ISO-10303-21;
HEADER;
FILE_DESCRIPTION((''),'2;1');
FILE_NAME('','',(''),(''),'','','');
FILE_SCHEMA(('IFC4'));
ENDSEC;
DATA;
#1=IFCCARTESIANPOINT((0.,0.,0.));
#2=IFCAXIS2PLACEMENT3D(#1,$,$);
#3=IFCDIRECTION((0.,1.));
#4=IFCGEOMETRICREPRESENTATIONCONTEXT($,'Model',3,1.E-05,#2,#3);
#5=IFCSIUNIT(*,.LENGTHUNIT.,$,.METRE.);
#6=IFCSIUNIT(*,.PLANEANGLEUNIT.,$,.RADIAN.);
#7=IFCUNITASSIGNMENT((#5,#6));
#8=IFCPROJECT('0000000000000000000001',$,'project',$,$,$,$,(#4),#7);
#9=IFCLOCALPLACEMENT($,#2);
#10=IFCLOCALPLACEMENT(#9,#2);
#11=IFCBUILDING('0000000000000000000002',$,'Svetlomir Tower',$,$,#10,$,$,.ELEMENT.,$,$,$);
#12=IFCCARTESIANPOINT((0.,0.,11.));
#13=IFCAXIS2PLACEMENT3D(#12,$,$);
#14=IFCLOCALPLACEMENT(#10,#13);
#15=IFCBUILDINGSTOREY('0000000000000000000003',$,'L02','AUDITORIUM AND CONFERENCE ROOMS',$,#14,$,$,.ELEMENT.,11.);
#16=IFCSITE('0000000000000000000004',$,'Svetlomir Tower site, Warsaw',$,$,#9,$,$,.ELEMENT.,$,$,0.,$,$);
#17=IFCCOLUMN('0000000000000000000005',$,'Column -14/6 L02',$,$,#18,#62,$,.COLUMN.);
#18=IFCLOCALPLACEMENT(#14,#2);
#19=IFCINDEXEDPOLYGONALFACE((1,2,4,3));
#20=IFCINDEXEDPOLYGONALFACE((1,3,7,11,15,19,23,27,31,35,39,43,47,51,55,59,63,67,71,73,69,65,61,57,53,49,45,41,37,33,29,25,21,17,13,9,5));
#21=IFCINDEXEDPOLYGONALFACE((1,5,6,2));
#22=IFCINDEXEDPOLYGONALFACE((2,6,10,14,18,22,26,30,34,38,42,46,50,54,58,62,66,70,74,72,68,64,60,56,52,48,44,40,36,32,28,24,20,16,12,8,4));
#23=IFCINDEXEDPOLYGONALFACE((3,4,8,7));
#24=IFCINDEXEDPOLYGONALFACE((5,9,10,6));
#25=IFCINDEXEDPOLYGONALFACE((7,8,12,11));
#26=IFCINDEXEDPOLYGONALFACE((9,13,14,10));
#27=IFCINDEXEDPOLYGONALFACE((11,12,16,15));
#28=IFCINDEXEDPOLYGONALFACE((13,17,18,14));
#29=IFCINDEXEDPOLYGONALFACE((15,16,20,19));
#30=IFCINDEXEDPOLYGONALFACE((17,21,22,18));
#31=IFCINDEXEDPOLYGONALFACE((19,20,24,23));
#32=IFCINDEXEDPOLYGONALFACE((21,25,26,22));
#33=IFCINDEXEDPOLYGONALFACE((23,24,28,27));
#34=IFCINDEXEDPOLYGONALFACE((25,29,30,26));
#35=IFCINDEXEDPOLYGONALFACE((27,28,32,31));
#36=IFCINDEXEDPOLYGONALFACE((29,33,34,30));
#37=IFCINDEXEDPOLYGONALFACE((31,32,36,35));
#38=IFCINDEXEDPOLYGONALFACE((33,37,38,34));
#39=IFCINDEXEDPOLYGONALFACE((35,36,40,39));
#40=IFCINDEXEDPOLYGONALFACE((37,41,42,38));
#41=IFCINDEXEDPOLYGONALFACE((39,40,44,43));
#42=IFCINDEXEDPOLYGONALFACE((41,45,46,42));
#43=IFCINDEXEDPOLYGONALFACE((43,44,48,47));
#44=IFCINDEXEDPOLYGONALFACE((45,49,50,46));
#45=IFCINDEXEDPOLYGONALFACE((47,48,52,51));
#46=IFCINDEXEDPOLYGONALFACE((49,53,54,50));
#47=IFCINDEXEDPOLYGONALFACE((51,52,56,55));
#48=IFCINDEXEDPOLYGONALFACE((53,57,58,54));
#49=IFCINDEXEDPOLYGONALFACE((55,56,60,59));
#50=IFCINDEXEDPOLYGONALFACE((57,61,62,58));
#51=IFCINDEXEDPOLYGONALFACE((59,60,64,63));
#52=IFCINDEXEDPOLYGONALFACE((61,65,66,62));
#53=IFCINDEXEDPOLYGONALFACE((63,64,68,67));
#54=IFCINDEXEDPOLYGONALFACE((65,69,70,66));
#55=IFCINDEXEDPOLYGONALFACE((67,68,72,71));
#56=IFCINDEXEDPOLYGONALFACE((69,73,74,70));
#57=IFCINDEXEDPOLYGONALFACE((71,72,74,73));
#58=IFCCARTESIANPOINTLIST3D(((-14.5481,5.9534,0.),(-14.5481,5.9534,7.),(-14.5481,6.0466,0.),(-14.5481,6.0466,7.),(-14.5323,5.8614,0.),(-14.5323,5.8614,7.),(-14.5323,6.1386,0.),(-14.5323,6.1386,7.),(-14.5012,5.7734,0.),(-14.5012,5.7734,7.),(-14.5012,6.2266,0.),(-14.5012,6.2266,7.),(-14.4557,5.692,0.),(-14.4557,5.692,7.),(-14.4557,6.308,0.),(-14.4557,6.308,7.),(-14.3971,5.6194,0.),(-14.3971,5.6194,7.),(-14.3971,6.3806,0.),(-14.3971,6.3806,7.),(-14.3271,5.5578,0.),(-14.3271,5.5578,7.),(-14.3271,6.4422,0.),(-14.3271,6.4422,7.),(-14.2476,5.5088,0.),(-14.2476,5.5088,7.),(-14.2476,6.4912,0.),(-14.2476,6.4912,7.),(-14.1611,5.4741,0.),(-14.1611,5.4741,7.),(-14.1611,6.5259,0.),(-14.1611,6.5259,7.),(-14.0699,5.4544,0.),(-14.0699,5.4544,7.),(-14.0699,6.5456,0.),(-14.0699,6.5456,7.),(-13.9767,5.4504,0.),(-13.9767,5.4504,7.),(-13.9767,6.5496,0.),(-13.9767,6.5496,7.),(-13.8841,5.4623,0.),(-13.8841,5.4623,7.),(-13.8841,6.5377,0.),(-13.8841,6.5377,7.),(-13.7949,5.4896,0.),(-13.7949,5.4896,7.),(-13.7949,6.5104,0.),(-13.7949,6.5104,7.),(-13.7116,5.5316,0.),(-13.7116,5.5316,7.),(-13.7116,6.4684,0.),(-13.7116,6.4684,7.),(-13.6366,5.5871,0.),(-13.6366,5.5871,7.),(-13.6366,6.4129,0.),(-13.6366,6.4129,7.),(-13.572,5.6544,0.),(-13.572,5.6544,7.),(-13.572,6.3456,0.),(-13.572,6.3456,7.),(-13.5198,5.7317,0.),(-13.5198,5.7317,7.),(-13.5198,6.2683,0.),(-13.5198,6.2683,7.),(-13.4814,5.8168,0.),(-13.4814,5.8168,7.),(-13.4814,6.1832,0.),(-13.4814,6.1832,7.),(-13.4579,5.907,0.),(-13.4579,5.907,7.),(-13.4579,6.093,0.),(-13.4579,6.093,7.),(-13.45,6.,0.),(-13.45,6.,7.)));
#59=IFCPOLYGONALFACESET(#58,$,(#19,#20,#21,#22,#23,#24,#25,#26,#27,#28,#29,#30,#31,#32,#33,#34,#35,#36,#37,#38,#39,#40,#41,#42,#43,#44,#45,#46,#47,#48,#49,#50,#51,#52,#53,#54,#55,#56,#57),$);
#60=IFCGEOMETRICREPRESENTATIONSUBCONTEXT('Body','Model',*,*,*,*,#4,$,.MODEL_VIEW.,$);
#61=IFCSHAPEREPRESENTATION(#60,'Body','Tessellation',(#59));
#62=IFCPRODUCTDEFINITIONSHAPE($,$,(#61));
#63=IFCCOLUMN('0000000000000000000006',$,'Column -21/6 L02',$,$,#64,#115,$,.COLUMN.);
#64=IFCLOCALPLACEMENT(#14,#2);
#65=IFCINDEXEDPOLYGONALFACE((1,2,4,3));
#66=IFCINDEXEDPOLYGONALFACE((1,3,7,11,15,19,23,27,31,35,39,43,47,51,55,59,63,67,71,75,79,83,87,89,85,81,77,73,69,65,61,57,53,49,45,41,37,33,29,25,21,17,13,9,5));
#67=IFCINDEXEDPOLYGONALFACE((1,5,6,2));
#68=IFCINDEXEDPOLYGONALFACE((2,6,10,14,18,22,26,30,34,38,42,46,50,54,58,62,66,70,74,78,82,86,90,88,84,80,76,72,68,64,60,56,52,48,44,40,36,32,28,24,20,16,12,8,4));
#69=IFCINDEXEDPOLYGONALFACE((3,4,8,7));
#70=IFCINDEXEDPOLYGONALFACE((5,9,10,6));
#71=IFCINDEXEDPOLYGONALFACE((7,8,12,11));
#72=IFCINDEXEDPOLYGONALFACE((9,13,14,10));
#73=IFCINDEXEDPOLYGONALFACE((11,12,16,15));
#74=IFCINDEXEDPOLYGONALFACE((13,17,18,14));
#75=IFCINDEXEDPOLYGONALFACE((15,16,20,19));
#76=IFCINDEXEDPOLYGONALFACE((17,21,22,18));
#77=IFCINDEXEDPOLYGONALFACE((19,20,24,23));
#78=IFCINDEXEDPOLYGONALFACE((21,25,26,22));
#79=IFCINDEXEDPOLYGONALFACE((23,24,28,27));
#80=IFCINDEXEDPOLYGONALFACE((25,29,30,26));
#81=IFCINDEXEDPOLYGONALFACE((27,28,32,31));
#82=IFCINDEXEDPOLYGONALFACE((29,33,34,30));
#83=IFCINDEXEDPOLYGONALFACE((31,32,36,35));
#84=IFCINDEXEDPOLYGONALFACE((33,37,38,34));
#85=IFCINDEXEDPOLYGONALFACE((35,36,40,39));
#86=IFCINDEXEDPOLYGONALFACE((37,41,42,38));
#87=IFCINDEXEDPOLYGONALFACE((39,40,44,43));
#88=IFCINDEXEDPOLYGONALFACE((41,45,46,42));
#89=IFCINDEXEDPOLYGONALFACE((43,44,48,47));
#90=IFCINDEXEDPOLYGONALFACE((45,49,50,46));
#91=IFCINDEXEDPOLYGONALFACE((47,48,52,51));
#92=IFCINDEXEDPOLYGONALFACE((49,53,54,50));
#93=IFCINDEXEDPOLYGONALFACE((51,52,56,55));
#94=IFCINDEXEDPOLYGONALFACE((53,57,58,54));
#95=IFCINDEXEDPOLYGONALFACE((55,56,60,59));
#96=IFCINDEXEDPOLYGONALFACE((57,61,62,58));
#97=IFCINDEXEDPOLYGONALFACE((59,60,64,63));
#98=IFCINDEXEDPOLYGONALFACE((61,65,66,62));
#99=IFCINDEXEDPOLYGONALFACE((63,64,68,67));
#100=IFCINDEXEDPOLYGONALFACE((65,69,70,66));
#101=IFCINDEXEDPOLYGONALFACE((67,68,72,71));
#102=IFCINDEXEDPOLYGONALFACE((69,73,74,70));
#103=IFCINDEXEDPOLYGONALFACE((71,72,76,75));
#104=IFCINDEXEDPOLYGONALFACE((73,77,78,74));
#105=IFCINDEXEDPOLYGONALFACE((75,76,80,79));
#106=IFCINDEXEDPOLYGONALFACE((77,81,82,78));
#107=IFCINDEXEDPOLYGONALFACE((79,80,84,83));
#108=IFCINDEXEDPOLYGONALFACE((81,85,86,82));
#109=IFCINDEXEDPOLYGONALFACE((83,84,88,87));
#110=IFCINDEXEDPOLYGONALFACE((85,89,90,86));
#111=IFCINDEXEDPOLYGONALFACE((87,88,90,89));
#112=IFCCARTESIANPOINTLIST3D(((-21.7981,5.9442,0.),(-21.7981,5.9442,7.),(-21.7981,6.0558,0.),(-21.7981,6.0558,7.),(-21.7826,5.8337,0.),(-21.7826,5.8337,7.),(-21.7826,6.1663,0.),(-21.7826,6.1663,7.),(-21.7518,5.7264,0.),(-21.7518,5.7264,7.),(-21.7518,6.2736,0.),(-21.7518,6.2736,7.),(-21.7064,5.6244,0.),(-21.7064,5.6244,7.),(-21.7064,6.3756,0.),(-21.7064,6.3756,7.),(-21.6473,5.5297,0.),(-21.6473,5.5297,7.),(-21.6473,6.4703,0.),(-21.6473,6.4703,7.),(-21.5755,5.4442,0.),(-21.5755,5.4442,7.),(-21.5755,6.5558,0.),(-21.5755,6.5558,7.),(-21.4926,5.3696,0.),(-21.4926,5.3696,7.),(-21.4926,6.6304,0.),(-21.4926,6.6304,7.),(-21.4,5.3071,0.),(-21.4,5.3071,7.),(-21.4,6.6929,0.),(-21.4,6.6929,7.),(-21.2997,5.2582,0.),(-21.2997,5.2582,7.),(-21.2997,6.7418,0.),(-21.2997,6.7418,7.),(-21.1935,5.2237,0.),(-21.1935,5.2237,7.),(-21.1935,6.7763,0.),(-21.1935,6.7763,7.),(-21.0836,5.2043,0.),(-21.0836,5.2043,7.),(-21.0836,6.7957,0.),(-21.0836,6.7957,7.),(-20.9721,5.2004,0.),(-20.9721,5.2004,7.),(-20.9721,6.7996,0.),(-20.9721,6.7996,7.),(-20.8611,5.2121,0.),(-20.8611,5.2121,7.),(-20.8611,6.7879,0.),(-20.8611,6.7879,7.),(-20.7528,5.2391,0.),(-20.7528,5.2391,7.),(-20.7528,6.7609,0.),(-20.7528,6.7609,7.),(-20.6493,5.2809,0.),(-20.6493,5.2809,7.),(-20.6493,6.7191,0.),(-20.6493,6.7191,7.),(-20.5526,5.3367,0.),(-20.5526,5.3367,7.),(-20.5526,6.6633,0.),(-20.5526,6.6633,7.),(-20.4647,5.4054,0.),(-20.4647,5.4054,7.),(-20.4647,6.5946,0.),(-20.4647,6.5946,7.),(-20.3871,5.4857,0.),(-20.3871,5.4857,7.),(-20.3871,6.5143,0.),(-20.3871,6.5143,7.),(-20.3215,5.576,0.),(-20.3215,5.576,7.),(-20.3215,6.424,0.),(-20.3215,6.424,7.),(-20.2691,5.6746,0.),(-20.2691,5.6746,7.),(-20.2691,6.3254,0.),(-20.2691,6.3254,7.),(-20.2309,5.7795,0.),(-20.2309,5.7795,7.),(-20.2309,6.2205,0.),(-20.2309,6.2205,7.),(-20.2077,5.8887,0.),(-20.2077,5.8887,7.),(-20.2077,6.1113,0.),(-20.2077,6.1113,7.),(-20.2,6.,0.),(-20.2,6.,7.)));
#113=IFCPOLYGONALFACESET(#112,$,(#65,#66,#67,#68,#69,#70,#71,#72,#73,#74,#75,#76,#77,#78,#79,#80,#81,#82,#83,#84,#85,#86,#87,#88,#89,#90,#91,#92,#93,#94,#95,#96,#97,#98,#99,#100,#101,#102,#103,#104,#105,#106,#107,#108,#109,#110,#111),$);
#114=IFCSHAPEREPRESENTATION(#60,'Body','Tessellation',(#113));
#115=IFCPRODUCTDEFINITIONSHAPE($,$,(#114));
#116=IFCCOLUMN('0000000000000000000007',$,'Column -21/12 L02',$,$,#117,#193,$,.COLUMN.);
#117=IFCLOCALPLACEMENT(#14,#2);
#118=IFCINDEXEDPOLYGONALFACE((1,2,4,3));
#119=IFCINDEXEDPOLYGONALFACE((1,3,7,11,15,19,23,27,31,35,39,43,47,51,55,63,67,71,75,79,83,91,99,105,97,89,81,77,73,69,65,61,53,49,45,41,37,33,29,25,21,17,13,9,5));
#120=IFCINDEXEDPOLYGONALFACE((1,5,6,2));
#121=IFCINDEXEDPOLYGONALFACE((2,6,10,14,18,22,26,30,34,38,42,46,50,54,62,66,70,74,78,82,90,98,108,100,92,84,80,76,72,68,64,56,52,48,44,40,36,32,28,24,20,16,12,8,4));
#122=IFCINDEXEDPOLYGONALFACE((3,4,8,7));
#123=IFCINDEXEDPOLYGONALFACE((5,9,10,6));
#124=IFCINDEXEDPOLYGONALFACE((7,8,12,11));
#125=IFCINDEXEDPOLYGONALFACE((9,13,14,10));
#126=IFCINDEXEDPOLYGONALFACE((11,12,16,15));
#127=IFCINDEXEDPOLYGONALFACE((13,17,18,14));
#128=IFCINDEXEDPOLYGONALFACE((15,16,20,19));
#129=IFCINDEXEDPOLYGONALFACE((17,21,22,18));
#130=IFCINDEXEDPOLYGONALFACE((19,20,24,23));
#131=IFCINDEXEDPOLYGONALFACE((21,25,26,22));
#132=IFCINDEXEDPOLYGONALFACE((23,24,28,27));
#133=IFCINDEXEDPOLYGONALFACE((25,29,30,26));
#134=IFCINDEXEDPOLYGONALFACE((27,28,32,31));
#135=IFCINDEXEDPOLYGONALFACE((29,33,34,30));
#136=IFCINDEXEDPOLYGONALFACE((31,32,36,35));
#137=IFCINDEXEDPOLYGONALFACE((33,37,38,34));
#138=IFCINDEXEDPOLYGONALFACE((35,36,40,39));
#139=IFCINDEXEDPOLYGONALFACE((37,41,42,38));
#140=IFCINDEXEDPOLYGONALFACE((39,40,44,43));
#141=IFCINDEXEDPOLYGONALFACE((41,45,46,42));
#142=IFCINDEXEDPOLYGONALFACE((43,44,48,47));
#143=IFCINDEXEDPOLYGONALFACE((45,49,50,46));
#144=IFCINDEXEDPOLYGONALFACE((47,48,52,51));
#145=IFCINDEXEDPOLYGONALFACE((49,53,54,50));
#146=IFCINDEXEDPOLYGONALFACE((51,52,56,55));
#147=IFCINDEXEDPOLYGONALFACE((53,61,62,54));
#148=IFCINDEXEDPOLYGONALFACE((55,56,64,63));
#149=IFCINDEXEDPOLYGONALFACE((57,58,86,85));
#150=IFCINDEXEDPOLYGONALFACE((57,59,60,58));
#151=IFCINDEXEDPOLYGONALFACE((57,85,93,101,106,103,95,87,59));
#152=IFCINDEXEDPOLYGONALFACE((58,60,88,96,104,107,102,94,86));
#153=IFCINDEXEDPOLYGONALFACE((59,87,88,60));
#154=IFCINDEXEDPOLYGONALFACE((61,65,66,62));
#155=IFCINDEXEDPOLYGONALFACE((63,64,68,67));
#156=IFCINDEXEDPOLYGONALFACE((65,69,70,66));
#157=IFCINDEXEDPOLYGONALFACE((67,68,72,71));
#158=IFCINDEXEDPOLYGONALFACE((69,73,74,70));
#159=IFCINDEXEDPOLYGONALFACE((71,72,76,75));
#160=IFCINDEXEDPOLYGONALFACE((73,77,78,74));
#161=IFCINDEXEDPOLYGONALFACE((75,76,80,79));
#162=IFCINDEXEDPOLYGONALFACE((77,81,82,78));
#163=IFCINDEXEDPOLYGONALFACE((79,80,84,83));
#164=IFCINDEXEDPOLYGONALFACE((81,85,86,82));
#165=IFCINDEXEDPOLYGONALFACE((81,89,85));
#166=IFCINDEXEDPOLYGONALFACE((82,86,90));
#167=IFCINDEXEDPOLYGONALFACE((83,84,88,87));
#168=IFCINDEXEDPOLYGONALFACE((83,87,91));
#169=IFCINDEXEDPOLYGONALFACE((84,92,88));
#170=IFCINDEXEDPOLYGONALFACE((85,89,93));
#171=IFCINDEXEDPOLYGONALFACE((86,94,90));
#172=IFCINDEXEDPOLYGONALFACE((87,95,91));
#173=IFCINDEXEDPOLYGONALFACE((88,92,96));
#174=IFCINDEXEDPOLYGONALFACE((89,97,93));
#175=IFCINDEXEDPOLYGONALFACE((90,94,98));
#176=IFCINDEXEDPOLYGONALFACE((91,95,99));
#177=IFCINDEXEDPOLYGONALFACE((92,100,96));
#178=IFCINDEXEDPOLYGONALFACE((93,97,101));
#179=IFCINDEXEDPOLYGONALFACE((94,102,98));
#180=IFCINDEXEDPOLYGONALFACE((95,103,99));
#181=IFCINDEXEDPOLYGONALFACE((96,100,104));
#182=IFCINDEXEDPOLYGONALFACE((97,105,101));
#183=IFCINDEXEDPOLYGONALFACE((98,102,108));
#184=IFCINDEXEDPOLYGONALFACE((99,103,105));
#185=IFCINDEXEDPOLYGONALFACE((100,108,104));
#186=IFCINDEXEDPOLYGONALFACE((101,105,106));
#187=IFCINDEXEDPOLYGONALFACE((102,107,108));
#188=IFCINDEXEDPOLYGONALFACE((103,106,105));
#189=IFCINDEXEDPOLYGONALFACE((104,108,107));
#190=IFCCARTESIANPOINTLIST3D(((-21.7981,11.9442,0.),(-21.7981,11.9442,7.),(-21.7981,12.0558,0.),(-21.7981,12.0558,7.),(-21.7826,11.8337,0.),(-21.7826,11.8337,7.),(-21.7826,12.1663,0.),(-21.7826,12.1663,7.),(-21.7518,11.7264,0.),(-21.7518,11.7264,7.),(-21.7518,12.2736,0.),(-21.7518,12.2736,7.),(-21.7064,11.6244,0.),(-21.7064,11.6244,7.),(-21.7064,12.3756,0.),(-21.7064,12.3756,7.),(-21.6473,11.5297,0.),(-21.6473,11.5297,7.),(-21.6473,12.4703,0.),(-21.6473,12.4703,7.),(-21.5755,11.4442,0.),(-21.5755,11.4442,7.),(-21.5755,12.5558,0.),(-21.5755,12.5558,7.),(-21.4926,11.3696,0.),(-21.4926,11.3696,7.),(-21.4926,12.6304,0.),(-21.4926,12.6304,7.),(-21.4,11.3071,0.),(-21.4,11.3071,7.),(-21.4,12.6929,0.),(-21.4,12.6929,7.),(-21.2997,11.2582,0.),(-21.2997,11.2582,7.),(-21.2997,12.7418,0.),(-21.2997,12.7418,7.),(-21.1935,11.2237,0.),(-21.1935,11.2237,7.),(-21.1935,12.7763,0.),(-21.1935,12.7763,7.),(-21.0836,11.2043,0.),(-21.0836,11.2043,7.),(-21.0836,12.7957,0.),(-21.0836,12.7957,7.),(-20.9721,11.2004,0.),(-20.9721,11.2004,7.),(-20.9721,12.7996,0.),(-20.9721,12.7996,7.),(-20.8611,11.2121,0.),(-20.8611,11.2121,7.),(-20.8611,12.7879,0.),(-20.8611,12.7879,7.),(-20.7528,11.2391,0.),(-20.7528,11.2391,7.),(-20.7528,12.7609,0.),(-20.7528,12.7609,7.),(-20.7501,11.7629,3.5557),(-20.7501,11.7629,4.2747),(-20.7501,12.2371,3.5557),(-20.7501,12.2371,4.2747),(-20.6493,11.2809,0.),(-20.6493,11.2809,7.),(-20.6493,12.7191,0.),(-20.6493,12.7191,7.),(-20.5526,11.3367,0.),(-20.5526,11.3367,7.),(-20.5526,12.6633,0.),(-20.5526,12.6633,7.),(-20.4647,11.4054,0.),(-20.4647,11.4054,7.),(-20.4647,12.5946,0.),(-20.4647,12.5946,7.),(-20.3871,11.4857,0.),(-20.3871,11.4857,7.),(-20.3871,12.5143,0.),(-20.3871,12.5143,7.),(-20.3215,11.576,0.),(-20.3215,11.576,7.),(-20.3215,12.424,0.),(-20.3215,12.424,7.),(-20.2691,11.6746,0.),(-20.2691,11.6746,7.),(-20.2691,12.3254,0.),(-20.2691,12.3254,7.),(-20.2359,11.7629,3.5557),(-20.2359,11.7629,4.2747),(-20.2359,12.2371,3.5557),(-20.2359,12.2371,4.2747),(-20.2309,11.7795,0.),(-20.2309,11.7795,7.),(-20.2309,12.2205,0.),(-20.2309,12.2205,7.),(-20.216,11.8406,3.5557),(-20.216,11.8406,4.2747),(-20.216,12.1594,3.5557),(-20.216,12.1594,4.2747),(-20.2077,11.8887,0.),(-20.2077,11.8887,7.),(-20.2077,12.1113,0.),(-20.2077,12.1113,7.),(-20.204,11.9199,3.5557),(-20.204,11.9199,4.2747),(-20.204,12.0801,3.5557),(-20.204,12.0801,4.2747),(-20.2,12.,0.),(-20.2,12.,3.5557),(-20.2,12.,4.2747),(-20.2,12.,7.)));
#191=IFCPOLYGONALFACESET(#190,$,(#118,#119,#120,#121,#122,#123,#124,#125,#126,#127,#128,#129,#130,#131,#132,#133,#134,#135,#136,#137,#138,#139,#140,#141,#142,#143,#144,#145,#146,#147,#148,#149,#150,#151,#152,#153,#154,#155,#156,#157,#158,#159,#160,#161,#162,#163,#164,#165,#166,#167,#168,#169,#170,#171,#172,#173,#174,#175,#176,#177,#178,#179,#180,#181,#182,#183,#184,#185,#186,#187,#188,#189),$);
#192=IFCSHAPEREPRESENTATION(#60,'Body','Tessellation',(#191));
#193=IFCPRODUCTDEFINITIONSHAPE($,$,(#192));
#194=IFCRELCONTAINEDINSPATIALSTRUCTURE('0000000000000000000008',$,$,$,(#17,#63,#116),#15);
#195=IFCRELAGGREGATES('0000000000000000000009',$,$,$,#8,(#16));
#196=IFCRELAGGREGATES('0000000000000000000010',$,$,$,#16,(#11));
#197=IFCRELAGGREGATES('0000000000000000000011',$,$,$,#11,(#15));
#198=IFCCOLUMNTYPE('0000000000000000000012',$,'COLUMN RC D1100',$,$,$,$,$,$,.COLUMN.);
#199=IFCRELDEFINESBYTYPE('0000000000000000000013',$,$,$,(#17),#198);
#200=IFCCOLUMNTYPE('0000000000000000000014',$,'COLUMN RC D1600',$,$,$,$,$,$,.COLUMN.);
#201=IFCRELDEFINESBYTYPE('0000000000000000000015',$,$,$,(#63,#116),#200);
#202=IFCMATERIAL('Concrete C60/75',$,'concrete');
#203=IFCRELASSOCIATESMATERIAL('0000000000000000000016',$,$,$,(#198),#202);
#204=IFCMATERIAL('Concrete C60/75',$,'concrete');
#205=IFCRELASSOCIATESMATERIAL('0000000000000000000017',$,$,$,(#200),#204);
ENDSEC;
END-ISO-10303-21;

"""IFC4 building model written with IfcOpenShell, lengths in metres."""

from ifc_helpers import new_model, si_unit, direction, frame, origin, origin_2d, place, context, subcontext, project, spatial, rectangle, circle, extrude, material, material_profile, profile_set, type_object, element, save


model = new_model("IFC4")

# Units and contexts
model_context = context("Model", 3, precision=1e-05, world=origin(), true_north=direction((0.0, 1.0)))
body_context = subcontext(model_context, "Body", "Model", "MODEL_VIEW")
ifc_project = project(units=[si_unit("LENGTHUNIT", "METRE"), si_unit("PLANEANGLEUNIT", "RADIAN")], contexts=[model_context])

# Site, building, storey
site_placement = place(None, origin())
site = spatial("IfcSite", under=ifc_project, at=site_placement, Name="Svetlomir Tower site, Warsaw", CompositionType="ELEMENT", RefElevation=0.0)
building_placement = place(site_placement, origin())
building = spatial("IfcBuilding", under=site, at=building_placement, Name="Svetlomir Tower", CompositionType="ELEMENT")
storey_placement = place(building_placement, frame((0.0, 0.0, 11.0)))
storey = spatial("IfcBuildingStorey", under=building, at=storey_placement, Name="L02", Description="AUDITORIUM AND CONFERENCE ROOMS", CompositionType="ELEMENT", Elevation=11.0)

# Columns
ifc_material_1 = material(Name="Concrete C60/75", Category="concrete")
ifc_material_profile_1 = material_profile(ifc_material_1, circle(Radius=0.55, at=origin_2d()), Name="RC D1100")
ifc_profile_set_1 = profile_set([ifc_material_profile_1], Name="Concrete C60/75")
column_type_1 = type_object("IfcColumnType", Name="COLUMN RC D1100", PredefinedType="COLUMN", material=ifc_profile_set_1)
column_1_placement = place(storey_placement, frame((-14.0, 6.0, 0.0), z_axis=(0.0, 0.0, 1.0), x_axis=(1.0, 0.0, 0.0)))
element("IfcColumn", 1, at=column_1_placement, inside=storey, type_object=column_type_1, Name="Column -14/6 L02", PredefinedType="COLUMN", context=body_context, shape_type="SweptSolid", body=[
    extrude(circle(Radius=0.55, at=origin_2d()), origin(), (0.0, 0.0, 1.0), 7.0),
])
ifc_material_2 = material(Name="Concrete C60/75", Category="concrete")
ifc_material_profile_2 = material_profile(ifc_material_2, circle(Radius=0.8, at=origin_2d()), Name="RC D1600")
ifc_profile_set_2 = profile_set([ifc_material_profile_2], Name="Concrete C60/75")
column_type_2 = type_object("IfcColumnType", Name="COLUMN RC D1600", PredefinedType="COLUMN", material=ifc_profile_set_2)
column_2_placement = place(storey_placement, frame((-21.0, 6.0, 0.0), z_axis=(0.0, 0.0, 1.0), x_axis=(1.0, 0.0, 0.0)))
element("IfcColumn", 2, at=column_2_placement, inside=storey, type_object=column_type_2, Name="Column -21/6 L02", PredefinedType="COLUMN", context=body_context, shape_type="SweptSolid", body=[
    extrude(circle(Radius=0.8, at=origin_2d()), origin(), (0.0, 0.0, 1.0), 7.0),
])

# Column, opening
column_3_placement = place(storey_placement, frame((-21.0, 12.0, 0.0), z_axis=(0.0, 0.0, 1.0), x_axis=(1.0, 0.0, 0.0)))
column_3 = element("IfcColumn", 3, at=column_3_placement, inside=storey, type_object=column_type_2, Name="Column -21/12 L02", PredefinedType="COLUMN", context=body_context, shape_type="SweptSolid", body=[
    extrude(circle(Radius=0.8, at=origin_2d()), origin(), (0.0, 0.0, 1.0), 7.0),
])
opening_1_placement = place(storey_placement, frame((-20.4651, 12.0, 3.5557), z_axis=(0.0, 0.0, 1.0), x_axis=(1.0, 0.0, 0.0)))
element("IfcOpeningElement", 4, at=opening_1_placement, cuts=column_3, PredefinedType="RECESS", context=body_context, shape_type="SweptSolid", body=[
    extrude(rectangle(XDim=0.5701, YDim=0.4741, at=origin_2d()), origin(), (0.0, 0.0, 1.0), 0.719),
])

save(model, "model.ifc")
